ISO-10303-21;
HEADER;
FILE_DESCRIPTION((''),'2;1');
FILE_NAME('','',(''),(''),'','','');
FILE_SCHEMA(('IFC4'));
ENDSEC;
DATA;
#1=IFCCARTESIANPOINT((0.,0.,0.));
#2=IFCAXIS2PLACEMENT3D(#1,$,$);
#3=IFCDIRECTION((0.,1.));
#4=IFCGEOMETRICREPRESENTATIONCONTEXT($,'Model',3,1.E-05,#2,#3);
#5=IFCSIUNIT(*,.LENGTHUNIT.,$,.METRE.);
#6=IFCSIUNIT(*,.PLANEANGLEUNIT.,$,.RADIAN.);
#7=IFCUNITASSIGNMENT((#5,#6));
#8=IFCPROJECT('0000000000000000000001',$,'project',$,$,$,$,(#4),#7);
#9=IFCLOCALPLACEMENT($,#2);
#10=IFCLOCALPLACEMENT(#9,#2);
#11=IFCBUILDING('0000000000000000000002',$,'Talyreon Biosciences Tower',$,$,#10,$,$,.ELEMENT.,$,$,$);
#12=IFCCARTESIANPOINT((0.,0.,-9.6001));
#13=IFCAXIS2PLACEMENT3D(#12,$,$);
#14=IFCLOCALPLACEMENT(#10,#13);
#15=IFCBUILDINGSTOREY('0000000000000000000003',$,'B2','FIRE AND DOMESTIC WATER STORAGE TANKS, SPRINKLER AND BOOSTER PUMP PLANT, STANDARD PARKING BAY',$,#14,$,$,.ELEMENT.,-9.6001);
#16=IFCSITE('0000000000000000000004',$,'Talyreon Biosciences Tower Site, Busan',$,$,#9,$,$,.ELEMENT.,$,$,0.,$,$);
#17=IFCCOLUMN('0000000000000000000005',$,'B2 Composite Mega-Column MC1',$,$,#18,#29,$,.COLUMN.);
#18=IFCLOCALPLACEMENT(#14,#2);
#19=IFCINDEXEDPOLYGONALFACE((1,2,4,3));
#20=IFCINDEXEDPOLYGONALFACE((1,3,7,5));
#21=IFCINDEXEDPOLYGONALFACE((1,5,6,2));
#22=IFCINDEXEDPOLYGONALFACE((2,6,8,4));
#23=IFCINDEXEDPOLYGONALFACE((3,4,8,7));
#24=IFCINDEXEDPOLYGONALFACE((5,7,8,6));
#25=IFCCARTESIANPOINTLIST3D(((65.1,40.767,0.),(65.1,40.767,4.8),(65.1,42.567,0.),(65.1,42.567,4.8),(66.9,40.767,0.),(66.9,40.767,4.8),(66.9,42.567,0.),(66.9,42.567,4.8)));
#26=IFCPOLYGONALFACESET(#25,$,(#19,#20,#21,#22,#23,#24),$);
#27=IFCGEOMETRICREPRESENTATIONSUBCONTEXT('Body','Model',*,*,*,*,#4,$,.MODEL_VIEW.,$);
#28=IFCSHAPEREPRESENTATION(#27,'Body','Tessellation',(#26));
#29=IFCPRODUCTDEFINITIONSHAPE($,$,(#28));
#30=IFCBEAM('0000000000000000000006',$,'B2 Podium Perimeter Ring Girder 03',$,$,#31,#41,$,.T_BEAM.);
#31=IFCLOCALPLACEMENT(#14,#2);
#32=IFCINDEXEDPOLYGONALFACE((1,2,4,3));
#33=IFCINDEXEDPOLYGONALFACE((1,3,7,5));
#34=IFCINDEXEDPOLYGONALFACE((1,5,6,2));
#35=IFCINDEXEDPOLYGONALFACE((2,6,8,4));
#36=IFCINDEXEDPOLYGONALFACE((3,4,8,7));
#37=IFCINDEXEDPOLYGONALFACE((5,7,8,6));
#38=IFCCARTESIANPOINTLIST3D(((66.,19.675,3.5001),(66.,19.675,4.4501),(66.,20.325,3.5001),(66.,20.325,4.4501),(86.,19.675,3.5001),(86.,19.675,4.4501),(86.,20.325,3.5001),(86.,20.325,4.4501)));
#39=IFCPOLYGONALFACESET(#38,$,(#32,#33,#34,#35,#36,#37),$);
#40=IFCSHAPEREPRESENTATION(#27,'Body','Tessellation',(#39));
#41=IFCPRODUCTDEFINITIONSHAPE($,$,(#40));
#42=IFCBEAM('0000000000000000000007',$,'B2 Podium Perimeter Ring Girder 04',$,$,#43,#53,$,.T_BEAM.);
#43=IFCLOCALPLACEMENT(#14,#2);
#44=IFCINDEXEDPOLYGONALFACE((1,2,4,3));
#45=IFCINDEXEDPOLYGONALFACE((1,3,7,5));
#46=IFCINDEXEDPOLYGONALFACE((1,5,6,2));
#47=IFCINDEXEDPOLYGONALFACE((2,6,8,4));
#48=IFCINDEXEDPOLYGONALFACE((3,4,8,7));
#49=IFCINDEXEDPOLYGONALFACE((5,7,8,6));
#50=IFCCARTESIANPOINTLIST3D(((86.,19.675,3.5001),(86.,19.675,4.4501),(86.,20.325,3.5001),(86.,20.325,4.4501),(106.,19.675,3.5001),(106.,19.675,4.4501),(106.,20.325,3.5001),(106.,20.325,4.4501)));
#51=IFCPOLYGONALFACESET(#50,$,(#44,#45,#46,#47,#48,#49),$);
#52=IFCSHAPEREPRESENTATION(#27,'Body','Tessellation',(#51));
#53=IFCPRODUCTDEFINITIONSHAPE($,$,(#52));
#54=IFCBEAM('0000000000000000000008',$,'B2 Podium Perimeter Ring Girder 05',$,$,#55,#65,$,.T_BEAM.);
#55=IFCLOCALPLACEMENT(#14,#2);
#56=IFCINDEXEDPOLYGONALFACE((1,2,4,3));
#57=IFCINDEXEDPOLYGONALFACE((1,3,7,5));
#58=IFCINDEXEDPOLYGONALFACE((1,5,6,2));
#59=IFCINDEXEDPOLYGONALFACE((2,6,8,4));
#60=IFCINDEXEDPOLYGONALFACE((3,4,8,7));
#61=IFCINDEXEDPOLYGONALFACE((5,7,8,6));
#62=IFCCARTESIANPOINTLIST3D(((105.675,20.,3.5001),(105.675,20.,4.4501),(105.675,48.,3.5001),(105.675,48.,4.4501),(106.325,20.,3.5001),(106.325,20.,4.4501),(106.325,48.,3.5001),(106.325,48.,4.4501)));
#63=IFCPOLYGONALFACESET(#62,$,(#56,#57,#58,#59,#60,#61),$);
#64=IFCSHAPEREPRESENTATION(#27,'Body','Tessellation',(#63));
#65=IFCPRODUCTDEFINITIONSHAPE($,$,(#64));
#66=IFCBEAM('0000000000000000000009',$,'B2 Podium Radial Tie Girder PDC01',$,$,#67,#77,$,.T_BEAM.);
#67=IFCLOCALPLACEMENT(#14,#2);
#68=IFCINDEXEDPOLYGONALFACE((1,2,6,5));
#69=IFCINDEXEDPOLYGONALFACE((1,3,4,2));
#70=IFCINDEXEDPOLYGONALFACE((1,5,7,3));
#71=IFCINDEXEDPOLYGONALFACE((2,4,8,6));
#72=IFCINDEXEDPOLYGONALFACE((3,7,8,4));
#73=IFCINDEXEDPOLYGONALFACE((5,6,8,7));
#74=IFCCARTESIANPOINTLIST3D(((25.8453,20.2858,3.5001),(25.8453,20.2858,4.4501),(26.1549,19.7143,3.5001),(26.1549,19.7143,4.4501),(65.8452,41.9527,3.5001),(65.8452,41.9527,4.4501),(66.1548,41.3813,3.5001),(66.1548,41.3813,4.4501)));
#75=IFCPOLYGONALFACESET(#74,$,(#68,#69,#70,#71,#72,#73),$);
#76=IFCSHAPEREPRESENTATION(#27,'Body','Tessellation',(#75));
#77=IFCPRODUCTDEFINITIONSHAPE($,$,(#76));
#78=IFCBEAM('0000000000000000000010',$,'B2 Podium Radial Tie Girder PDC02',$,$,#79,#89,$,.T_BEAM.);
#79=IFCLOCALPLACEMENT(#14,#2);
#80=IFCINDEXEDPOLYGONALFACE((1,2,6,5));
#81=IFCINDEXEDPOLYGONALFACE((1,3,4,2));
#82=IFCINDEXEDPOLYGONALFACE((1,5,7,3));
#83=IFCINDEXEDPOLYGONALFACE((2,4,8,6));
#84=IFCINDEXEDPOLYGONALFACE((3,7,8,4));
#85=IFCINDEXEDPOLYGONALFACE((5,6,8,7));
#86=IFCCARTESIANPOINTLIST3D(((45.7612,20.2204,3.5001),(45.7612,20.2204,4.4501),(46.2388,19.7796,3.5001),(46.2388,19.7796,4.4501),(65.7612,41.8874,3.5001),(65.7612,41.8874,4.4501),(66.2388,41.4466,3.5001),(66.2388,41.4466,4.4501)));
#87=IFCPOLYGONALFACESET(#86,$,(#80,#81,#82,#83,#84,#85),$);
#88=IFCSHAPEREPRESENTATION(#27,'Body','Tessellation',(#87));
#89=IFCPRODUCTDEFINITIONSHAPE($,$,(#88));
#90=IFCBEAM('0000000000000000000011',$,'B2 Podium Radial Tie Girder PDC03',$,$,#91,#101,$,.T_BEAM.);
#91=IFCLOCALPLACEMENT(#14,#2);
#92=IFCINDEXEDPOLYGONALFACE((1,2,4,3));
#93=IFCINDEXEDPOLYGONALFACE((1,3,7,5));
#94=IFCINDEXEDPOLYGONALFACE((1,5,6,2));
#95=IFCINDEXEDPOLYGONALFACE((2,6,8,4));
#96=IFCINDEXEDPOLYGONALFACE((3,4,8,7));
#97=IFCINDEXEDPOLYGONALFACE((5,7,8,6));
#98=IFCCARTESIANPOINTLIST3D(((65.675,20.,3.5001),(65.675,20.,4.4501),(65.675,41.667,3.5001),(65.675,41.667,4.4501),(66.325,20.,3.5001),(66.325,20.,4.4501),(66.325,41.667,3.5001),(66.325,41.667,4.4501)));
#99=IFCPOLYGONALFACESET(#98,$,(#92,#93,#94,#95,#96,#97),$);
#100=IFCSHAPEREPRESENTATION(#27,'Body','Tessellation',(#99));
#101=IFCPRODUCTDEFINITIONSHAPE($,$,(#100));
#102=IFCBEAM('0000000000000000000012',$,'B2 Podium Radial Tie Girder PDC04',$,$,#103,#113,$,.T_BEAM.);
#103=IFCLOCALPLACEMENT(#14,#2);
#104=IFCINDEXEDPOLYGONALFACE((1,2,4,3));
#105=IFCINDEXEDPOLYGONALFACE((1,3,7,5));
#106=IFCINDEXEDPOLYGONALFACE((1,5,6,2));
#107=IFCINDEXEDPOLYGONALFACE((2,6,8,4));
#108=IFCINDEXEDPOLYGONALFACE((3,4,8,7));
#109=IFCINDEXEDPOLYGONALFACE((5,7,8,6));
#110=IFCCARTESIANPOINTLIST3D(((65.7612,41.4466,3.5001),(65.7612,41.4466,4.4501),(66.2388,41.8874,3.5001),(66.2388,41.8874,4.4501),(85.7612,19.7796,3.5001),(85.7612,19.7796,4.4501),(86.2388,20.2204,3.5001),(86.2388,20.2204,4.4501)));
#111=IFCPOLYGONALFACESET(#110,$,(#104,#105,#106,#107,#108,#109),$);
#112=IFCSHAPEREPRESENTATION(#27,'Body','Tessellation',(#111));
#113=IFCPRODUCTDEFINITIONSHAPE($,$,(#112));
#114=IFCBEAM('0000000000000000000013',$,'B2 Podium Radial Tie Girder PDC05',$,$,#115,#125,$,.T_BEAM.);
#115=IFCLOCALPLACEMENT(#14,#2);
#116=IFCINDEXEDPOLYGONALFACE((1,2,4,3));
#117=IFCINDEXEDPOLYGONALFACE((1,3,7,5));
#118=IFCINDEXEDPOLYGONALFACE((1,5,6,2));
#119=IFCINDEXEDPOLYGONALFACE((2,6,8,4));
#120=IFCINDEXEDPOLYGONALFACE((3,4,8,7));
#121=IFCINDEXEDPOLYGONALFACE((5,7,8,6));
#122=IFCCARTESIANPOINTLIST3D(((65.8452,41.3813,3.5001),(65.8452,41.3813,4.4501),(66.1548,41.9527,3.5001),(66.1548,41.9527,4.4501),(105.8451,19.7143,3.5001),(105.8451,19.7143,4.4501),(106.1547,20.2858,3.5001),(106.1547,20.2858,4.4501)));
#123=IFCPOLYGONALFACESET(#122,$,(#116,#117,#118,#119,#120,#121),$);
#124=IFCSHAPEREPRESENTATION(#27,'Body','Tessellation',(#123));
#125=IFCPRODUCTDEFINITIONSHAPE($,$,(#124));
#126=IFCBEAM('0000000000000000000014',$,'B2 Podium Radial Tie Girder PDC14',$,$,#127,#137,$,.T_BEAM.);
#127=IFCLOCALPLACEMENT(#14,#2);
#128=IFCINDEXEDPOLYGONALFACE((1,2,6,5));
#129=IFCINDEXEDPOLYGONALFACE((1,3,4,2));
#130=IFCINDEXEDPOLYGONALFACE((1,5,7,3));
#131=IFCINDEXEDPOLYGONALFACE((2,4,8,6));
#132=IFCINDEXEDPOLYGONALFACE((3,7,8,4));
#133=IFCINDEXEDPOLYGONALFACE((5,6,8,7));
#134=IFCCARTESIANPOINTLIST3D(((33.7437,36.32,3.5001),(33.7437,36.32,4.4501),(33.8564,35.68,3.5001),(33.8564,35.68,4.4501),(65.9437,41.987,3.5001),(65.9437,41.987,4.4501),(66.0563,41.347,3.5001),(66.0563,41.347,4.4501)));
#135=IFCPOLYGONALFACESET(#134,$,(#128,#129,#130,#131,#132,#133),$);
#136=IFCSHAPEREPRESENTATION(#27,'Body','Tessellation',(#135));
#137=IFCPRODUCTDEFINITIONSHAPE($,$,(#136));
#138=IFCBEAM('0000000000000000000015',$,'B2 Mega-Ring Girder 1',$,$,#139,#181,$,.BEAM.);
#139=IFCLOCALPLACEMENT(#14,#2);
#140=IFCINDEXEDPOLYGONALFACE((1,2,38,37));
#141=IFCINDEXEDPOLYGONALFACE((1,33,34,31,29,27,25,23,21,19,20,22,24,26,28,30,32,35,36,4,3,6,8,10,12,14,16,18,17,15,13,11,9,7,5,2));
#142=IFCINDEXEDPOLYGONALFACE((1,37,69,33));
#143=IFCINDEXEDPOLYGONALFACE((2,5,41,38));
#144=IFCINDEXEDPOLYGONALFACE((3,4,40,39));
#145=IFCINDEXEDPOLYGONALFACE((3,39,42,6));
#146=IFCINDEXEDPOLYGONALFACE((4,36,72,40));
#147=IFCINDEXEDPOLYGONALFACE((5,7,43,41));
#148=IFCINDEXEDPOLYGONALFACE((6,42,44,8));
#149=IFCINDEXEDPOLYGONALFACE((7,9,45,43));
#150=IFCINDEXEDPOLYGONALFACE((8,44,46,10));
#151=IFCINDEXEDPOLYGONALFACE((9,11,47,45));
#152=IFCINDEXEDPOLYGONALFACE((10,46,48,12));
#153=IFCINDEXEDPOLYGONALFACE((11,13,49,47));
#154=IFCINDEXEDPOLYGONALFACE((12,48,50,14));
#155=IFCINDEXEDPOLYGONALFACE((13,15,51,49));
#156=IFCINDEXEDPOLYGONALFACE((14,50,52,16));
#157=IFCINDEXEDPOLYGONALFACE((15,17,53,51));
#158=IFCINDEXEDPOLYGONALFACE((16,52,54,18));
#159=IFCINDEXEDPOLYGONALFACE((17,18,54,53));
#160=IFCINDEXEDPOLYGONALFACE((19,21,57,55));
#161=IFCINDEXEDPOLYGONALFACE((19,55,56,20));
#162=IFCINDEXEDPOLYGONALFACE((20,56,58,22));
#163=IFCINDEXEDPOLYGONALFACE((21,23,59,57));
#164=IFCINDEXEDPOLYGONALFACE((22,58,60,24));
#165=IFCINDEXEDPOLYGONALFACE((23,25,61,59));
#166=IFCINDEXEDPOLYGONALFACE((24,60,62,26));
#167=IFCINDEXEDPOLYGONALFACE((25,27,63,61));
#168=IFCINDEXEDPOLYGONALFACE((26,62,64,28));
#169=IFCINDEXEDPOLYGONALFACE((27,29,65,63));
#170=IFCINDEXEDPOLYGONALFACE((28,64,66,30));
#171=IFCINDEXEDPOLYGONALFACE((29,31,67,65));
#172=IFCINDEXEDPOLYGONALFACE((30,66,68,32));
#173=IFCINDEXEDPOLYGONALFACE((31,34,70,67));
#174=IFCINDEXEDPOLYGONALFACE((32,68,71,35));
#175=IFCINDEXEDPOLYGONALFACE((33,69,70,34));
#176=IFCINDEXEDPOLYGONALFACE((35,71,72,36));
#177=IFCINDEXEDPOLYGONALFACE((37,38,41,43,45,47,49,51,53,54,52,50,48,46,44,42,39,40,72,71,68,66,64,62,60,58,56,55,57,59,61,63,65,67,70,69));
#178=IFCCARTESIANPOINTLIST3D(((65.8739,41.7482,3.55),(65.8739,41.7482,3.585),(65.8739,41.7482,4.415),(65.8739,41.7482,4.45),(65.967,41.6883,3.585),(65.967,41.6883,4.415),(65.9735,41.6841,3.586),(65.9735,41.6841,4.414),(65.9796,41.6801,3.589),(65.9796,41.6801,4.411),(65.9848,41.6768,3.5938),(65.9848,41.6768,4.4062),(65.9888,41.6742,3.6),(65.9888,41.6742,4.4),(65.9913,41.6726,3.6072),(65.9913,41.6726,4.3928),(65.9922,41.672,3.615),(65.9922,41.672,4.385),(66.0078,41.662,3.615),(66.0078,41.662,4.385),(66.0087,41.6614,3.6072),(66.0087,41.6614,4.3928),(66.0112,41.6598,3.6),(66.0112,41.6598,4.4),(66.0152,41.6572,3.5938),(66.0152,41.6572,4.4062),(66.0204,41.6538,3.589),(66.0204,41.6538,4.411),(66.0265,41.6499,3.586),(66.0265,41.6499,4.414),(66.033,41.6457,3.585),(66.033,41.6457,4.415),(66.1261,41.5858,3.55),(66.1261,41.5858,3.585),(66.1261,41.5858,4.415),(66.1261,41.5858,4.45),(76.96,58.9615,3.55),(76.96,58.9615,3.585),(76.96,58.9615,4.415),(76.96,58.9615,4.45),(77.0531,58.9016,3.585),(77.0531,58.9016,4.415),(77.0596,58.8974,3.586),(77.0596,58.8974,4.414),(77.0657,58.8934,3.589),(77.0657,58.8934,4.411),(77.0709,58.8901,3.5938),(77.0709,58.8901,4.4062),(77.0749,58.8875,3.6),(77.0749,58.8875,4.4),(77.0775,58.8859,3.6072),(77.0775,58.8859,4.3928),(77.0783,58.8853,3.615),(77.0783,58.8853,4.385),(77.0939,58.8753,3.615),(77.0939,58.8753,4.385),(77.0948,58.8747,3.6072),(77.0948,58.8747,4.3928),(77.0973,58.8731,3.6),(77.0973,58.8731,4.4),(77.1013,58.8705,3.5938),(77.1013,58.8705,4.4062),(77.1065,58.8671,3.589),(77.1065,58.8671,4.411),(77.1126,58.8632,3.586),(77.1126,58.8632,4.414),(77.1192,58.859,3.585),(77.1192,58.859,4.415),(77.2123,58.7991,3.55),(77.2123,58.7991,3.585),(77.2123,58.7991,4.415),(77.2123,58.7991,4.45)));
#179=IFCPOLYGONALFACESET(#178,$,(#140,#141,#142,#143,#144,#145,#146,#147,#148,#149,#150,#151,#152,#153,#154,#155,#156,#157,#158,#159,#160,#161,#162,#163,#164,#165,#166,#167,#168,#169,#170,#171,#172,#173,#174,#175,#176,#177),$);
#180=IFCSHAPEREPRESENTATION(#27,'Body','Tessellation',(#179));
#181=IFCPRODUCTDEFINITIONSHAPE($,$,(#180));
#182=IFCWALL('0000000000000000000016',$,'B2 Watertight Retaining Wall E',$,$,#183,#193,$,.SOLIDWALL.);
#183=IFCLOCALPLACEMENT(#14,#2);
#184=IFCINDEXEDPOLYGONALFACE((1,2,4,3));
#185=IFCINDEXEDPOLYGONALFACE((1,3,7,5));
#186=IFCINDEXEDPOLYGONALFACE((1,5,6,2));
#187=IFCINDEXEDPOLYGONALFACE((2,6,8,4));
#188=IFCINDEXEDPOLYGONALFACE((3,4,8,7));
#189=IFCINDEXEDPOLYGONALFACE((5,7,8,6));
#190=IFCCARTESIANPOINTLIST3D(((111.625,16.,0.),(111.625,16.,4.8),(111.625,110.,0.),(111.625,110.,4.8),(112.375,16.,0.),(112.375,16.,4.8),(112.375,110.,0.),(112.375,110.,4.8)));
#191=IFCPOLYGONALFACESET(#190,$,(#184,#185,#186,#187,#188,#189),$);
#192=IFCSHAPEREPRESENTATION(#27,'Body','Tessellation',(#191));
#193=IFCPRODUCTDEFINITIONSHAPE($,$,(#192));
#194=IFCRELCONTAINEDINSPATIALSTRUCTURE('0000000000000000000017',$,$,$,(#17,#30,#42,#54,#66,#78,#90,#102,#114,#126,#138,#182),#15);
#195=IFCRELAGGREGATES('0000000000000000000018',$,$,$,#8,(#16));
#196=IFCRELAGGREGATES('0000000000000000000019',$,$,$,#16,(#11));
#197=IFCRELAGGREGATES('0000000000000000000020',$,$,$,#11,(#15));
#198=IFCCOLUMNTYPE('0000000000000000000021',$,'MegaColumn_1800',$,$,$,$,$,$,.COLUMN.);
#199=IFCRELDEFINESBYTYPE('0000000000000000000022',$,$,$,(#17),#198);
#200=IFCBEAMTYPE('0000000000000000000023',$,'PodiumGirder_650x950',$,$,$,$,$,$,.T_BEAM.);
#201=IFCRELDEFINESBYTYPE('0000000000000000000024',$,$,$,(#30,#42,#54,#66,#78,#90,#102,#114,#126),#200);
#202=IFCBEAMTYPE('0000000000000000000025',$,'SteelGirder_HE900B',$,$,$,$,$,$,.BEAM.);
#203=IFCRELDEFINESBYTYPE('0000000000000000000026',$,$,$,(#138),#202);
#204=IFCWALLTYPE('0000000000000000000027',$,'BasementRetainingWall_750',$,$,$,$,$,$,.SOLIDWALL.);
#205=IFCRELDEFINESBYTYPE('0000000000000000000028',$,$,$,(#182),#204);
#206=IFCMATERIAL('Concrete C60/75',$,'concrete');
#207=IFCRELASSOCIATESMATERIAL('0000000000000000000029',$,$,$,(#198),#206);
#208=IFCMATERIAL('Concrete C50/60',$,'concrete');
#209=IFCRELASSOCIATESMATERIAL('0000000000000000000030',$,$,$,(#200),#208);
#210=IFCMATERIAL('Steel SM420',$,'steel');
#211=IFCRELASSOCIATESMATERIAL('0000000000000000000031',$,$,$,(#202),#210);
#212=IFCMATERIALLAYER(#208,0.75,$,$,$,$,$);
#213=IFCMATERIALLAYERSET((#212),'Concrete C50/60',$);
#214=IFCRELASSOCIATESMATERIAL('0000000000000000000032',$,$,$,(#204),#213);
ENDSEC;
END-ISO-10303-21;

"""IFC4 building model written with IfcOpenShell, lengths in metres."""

from ifc_helpers import new_model, si_unit, direction, frame, frame_2d, origin, origin_2d, place, context, subcontext, project, spatial, rectangle, i_section, extrude, material, layer, layer_set, material_profile, profile_set, type_object, element, save


model = new_model("IFC4")

# Units and contexts
model_context = context("Model", 3, precision=1e-05, world=origin(), true_north=direction((0.0, 1.0)))
body_context = subcontext(model_context, "Body", "Model", "MODEL_VIEW")
ifc_project = project(units=[si_unit("LENGTHUNIT", "METRE"), si_unit("PLANEANGLEUNIT", "RADIAN")], contexts=[model_context])

# Site, building, storey
site_placement = place(None, origin())
site = spatial("IfcSite", under=ifc_project, at=site_placement, Name="Talyreon Biosciences Tower Site, Busan", CompositionType="ELEMENT", RefElevation=0.0)
building_placement = place(site_placement, origin())
building = spatial("IfcBuilding", under=site, at=building_placement, Name="Talyreon Biosciences Tower", CompositionType="ELEMENT")
storey_placement = place(building_placement, frame((0.0, 0.0, -9.6001)))
storey = spatial("IfcBuildingStorey", under=building, at=storey_placement, Name="B2", Description="FIRE AND DOMESTIC WATER STORAGE TANKS, SPRINKLER AND BOOSTER PUMP PLANT, STANDARD PARKING BAY", CompositionType="ELEMENT", Elevation=-9.6001)

# Shared definitions
ifc_material_1 = material(Name="Concrete C50/60", Category="concrete")

# Column
ifc_material_2 = material(Name="Concrete C60/75", Category="concrete")
ifc_material_profile_1 = material_profile(ifc_material_2, rectangle(XDim=1.8, YDim=1.8, at=origin_2d()), Name="RC 1800x1800")
ifc_profile_set_1 = profile_set([ifc_material_profile_1], Name="Concrete C60/75")
column_type_1 = type_object("IfcColumnType", Name="MegaColumn_1800", PredefinedType="COLUMN", material=ifc_profile_set_1)
column_1_placement = place(storey_placement, frame((66.0, 41.667, 0.0), z_axis=(0.0, 0.0, 1.0), x_axis=(1.0, 0.0, 0.0)))
element("IfcColumn", 1, at=column_1_placement, inside=storey, type_object=column_type_1, Name="B2 Composite Mega-Column MC1", PredefinedType="COLUMN", context=body_context, shape_type="SweptSolid", body=[
    extrude(rectangle(XDim=1.8, YDim=1.8, at=origin_2d()), origin(), (0.0, 0.0, 1.0), 4.8),
])

# Beams
ifc_material_profile_2 = material_profile(ifc_material_1, rectangle(XDim=0.6499, YDim=0.95, at=origin_2d()), Name="RCB 650x950")
ifc_profile_set_2 = profile_set([ifc_material_profile_2], Name="Concrete C50/60")
beam_type_1 = type_object("IfcBeamType", Name="PodiumGirder_650x950", PredefinedType="T_BEAM", material=ifc_profile_set_2)
for number, where, z_axis, x_axis, name in (
    (2, (66.0, 20.0, 3.9751), (1.0, 0.0, 0.0), (0.0, 1.0, 0.0), "B2 Podium Perimeter Ring Girder 03"),
    (3, (86.0, 20.0, 3.9751), (1.0, 0.0, 0.0), (0.0, 1.0, 0.0), "B2 Podium Perimeter Ring Girder 04"),
):
    element("IfcBeam", number, at=place(storey_placement, frame(where, z_axis=z_axis, x_axis=x_axis)), inside=storey, type_object=beam_type_1, Name=name, PredefinedType="T_BEAM", context=body_context, shape_type="SweptSolid", body=[
        extrude(rectangle(XDim=0.6499, YDim=0.95, at=origin_2d()), origin(), (0.0, 0.0, 1.0), 20.0),
    ])
beam_1_placement = place(storey_placement, frame((106.0, 20.0, 3.9751), z_axis=(0.0, 1.0, 0.0), x_axis=(-1.0, 0.0, 0.0)))
element("IfcBeam", 4, at=beam_1_placement, inside=storey, type_object=beam_type_1, Name="B2 Podium Perimeter Ring Girder 05", PredefinedType="T_BEAM", context=body_context, shape_type="SweptSolid", body=[
    extrude(rectangle(XDim=0.6499, YDim=0.95, at=origin_2d()), origin(), (0.0, 0.0, 1.0), 28.0),
])
beam_2_placement = place(storey_placement, frame((66.0, 41.667, 3.9751), z_axis=(-0.879289, -0.476289, 0.0), x_axis=(0.476289, -0.879289, 0.0)))
element("IfcBeam", 5, at=beam_2_placement, inside=storey, type_object=beam_type_1, Name="B2 Podium Radial Tie Girder PDC01", PredefinedType="T_BEAM", context=body_context, shape_type="SweptSolid", body=[
    extrude(rectangle(XDim=0.6499, YDim=0.95, at=origin_2d()), origin(), (0.0, 0.0, 1.0), 45.4912),
])
beam_3_placement = place(storey_placement, frame((66.0, 41.667, 3.9751), z_axis=(-0.678275, -0.734809, 0.0), x_axis=(0.734809, -0.678275, 0.0)))
element("IfcBeam", 6, at=beam_3_placement, inside=storey, type_object=beam_type_1, Name="B2 Podium Radial Tie Girder PDC02", PredefinedType="T_BEAM", context=body_context, shape_type="SweptSolid", body=[
    extrude(rectangle(XDim=0.6499, YDim=0.95, at=origin_2d()), origin(), (0.0, 0.0, 1.0), 29.4866),
])
beam_4_placement = place(storey_placement, frame((66.0, 41.667, 3.9751), z_axis=(0.0, -1.0, 0.0), x_axis=(1.0, 0.0, 0.0)))
element("IfcBeam", 7, at=beam_4_placement, inside=storey, type_object=beam_type_1, Name="B2 Podium Radial Tie Girder PDC03", PredefinedType="T_BEAM", context=body_context, shape_type="SweptSolid", body=[
    extrude(rectangle(XDim=0.6499, YDim=0.95, at=origin_2d()), origin(), (0.0, 0.0, 1.0), 21.667),
])
beam_5_placement = place(storey_placement, frame((66.0, 41.667, 3.9751), z_axis=(0.678275, -0.734809, 0.0), x_axis=(0.734809, 0.678275, 0.0)))
element("IfcBeam", 8, at=beam_5_placement, inside=storey, type_object=beam_type_1, Name="B2 Podium Radial Tie Girder PDC04", PredefinedType="T_BEAM", context=body_context, shape_type="SweptSolid", body=[
    extrude(rectangle(XDim=0.6499, YDim=0.95, at=origin_2d()), origin(), (0.0, 0.0, 1.0), 29.4866),
])
beam_6_placement = place(storey_placement, frame((66.0, 41.667, 3.9751), z_axis=(0.879289, -0.476289, 0.0), x_axis=(0.476289, 0.879289, 0.0)))
element("IfcBeam", 9, at=beam_6_placement, inside=storey, type_object=beam_type_1, Name="B2 Podium Radial Tie Girder PDC05", PredefinedType="T_BEAM", context=body_context, shape_type="SweptSolid", body=[
    extrude(rectangle(XDim=0.6499, YDim=0.95, at=origin_2d()), origin(), (0.0, 0.0, 1.0), 45.4912),
])
beam_7_placement = place(storey_placement, frame((66.0, 41.667, 3.9751), z_axis=(-0.984864, -0.17333, 0.0), x_axis=(0.17333, -0.984864, 0.0)))
element("IfcBeam", 10, at=beam_7_placement, inside=storey, type_object=beam_type_1, Name="B2 Podium Radial Tie Girder PDC14", PredefinedType="T_BEAM", context=body_context, shape_type="SweptSolid", body=[
    extrude(rectangle(XDim=0.6499, YDim=0.95, at=origin_2d()), origin(), (0.0, 0.0, 1.0), 32.6948),
])
ifc_material_3 = material(Name="Steel SM420", Category="steel")
ifc_material_profile_3 = material_profile(ifc_material_3, i_section(OverallWidth=0.3, OverallDepth=0.8999, WebThickness=0.0186, FlangeThickness=0.0349, FilletRadius=0.03, at=origin_2d()), Name="HE900B")
ifc_profile_set_3 = profile_set([ifc_material_profile_3], Name="Steel SM420")
beam_type_2 = type_object("IfcBeamType", Name="SteelGirder_HE900B", PredefinedType="BEAM", material=ifc_profile_set_3)
beam_8_placement = place(storey_placement, frame((66.0, 41.667, 4.0), z_axis=(0.541464, 0.840724, 0.0), x_axis=(-0.840724, 0.541464, 0.0)))
element("IfcBeam", 11, at=beam_8_placement, inside=storey, type_object=beam_type_2, Name="B2 Mega-Ring Girder 1", PredefinedType="BEAM", context=body_context, shape_type="SweptSolid", body=[
    extrude(i_section(OverallWidth=0.3, OverallDepth=0.8999, WebThickness=0.0186, FlangeThickness=0.0349, FilletRadius=0.03, at=origin_2d()), origin(), (0.0, 0.0, 1.0), 20.4744),
])

# Wall
ifc_layer_1 = layer(ifc_material_1, 0.75)
ifc_layer_set_1 = layer_set([ifc_layer_1], Name="Concrete C50/60")
wall_type_1 = type_object("IfcWallType", Name="BasementRetainingWall_750", PredefinedType="SOLIDWALL", material=ifc_layer_set_1)
wall_1_placement = place(storey_placement, frame((112.0, 16.0, 0.0), z_axis=(0.0, 0.0, 1.0), x_axis=(0.0, 1.0, 0.0)))
element("IfcWall", 12, at=wall_1_placement, inside=storey, type_object=wall_type_1, Name="B2 Watertight Retaining Wall E", PredefinedType="SOLIDWALL", context=body_context, shape_type="SweptSolid", body=[
    extrude(rectangle(XDim=94.0, YDim=0.75, at=frame_2d((47.0, 0.0))), origin(), (0.0, 0.0, 1.0), 4.8),
])

save(model, "model.ifc")
